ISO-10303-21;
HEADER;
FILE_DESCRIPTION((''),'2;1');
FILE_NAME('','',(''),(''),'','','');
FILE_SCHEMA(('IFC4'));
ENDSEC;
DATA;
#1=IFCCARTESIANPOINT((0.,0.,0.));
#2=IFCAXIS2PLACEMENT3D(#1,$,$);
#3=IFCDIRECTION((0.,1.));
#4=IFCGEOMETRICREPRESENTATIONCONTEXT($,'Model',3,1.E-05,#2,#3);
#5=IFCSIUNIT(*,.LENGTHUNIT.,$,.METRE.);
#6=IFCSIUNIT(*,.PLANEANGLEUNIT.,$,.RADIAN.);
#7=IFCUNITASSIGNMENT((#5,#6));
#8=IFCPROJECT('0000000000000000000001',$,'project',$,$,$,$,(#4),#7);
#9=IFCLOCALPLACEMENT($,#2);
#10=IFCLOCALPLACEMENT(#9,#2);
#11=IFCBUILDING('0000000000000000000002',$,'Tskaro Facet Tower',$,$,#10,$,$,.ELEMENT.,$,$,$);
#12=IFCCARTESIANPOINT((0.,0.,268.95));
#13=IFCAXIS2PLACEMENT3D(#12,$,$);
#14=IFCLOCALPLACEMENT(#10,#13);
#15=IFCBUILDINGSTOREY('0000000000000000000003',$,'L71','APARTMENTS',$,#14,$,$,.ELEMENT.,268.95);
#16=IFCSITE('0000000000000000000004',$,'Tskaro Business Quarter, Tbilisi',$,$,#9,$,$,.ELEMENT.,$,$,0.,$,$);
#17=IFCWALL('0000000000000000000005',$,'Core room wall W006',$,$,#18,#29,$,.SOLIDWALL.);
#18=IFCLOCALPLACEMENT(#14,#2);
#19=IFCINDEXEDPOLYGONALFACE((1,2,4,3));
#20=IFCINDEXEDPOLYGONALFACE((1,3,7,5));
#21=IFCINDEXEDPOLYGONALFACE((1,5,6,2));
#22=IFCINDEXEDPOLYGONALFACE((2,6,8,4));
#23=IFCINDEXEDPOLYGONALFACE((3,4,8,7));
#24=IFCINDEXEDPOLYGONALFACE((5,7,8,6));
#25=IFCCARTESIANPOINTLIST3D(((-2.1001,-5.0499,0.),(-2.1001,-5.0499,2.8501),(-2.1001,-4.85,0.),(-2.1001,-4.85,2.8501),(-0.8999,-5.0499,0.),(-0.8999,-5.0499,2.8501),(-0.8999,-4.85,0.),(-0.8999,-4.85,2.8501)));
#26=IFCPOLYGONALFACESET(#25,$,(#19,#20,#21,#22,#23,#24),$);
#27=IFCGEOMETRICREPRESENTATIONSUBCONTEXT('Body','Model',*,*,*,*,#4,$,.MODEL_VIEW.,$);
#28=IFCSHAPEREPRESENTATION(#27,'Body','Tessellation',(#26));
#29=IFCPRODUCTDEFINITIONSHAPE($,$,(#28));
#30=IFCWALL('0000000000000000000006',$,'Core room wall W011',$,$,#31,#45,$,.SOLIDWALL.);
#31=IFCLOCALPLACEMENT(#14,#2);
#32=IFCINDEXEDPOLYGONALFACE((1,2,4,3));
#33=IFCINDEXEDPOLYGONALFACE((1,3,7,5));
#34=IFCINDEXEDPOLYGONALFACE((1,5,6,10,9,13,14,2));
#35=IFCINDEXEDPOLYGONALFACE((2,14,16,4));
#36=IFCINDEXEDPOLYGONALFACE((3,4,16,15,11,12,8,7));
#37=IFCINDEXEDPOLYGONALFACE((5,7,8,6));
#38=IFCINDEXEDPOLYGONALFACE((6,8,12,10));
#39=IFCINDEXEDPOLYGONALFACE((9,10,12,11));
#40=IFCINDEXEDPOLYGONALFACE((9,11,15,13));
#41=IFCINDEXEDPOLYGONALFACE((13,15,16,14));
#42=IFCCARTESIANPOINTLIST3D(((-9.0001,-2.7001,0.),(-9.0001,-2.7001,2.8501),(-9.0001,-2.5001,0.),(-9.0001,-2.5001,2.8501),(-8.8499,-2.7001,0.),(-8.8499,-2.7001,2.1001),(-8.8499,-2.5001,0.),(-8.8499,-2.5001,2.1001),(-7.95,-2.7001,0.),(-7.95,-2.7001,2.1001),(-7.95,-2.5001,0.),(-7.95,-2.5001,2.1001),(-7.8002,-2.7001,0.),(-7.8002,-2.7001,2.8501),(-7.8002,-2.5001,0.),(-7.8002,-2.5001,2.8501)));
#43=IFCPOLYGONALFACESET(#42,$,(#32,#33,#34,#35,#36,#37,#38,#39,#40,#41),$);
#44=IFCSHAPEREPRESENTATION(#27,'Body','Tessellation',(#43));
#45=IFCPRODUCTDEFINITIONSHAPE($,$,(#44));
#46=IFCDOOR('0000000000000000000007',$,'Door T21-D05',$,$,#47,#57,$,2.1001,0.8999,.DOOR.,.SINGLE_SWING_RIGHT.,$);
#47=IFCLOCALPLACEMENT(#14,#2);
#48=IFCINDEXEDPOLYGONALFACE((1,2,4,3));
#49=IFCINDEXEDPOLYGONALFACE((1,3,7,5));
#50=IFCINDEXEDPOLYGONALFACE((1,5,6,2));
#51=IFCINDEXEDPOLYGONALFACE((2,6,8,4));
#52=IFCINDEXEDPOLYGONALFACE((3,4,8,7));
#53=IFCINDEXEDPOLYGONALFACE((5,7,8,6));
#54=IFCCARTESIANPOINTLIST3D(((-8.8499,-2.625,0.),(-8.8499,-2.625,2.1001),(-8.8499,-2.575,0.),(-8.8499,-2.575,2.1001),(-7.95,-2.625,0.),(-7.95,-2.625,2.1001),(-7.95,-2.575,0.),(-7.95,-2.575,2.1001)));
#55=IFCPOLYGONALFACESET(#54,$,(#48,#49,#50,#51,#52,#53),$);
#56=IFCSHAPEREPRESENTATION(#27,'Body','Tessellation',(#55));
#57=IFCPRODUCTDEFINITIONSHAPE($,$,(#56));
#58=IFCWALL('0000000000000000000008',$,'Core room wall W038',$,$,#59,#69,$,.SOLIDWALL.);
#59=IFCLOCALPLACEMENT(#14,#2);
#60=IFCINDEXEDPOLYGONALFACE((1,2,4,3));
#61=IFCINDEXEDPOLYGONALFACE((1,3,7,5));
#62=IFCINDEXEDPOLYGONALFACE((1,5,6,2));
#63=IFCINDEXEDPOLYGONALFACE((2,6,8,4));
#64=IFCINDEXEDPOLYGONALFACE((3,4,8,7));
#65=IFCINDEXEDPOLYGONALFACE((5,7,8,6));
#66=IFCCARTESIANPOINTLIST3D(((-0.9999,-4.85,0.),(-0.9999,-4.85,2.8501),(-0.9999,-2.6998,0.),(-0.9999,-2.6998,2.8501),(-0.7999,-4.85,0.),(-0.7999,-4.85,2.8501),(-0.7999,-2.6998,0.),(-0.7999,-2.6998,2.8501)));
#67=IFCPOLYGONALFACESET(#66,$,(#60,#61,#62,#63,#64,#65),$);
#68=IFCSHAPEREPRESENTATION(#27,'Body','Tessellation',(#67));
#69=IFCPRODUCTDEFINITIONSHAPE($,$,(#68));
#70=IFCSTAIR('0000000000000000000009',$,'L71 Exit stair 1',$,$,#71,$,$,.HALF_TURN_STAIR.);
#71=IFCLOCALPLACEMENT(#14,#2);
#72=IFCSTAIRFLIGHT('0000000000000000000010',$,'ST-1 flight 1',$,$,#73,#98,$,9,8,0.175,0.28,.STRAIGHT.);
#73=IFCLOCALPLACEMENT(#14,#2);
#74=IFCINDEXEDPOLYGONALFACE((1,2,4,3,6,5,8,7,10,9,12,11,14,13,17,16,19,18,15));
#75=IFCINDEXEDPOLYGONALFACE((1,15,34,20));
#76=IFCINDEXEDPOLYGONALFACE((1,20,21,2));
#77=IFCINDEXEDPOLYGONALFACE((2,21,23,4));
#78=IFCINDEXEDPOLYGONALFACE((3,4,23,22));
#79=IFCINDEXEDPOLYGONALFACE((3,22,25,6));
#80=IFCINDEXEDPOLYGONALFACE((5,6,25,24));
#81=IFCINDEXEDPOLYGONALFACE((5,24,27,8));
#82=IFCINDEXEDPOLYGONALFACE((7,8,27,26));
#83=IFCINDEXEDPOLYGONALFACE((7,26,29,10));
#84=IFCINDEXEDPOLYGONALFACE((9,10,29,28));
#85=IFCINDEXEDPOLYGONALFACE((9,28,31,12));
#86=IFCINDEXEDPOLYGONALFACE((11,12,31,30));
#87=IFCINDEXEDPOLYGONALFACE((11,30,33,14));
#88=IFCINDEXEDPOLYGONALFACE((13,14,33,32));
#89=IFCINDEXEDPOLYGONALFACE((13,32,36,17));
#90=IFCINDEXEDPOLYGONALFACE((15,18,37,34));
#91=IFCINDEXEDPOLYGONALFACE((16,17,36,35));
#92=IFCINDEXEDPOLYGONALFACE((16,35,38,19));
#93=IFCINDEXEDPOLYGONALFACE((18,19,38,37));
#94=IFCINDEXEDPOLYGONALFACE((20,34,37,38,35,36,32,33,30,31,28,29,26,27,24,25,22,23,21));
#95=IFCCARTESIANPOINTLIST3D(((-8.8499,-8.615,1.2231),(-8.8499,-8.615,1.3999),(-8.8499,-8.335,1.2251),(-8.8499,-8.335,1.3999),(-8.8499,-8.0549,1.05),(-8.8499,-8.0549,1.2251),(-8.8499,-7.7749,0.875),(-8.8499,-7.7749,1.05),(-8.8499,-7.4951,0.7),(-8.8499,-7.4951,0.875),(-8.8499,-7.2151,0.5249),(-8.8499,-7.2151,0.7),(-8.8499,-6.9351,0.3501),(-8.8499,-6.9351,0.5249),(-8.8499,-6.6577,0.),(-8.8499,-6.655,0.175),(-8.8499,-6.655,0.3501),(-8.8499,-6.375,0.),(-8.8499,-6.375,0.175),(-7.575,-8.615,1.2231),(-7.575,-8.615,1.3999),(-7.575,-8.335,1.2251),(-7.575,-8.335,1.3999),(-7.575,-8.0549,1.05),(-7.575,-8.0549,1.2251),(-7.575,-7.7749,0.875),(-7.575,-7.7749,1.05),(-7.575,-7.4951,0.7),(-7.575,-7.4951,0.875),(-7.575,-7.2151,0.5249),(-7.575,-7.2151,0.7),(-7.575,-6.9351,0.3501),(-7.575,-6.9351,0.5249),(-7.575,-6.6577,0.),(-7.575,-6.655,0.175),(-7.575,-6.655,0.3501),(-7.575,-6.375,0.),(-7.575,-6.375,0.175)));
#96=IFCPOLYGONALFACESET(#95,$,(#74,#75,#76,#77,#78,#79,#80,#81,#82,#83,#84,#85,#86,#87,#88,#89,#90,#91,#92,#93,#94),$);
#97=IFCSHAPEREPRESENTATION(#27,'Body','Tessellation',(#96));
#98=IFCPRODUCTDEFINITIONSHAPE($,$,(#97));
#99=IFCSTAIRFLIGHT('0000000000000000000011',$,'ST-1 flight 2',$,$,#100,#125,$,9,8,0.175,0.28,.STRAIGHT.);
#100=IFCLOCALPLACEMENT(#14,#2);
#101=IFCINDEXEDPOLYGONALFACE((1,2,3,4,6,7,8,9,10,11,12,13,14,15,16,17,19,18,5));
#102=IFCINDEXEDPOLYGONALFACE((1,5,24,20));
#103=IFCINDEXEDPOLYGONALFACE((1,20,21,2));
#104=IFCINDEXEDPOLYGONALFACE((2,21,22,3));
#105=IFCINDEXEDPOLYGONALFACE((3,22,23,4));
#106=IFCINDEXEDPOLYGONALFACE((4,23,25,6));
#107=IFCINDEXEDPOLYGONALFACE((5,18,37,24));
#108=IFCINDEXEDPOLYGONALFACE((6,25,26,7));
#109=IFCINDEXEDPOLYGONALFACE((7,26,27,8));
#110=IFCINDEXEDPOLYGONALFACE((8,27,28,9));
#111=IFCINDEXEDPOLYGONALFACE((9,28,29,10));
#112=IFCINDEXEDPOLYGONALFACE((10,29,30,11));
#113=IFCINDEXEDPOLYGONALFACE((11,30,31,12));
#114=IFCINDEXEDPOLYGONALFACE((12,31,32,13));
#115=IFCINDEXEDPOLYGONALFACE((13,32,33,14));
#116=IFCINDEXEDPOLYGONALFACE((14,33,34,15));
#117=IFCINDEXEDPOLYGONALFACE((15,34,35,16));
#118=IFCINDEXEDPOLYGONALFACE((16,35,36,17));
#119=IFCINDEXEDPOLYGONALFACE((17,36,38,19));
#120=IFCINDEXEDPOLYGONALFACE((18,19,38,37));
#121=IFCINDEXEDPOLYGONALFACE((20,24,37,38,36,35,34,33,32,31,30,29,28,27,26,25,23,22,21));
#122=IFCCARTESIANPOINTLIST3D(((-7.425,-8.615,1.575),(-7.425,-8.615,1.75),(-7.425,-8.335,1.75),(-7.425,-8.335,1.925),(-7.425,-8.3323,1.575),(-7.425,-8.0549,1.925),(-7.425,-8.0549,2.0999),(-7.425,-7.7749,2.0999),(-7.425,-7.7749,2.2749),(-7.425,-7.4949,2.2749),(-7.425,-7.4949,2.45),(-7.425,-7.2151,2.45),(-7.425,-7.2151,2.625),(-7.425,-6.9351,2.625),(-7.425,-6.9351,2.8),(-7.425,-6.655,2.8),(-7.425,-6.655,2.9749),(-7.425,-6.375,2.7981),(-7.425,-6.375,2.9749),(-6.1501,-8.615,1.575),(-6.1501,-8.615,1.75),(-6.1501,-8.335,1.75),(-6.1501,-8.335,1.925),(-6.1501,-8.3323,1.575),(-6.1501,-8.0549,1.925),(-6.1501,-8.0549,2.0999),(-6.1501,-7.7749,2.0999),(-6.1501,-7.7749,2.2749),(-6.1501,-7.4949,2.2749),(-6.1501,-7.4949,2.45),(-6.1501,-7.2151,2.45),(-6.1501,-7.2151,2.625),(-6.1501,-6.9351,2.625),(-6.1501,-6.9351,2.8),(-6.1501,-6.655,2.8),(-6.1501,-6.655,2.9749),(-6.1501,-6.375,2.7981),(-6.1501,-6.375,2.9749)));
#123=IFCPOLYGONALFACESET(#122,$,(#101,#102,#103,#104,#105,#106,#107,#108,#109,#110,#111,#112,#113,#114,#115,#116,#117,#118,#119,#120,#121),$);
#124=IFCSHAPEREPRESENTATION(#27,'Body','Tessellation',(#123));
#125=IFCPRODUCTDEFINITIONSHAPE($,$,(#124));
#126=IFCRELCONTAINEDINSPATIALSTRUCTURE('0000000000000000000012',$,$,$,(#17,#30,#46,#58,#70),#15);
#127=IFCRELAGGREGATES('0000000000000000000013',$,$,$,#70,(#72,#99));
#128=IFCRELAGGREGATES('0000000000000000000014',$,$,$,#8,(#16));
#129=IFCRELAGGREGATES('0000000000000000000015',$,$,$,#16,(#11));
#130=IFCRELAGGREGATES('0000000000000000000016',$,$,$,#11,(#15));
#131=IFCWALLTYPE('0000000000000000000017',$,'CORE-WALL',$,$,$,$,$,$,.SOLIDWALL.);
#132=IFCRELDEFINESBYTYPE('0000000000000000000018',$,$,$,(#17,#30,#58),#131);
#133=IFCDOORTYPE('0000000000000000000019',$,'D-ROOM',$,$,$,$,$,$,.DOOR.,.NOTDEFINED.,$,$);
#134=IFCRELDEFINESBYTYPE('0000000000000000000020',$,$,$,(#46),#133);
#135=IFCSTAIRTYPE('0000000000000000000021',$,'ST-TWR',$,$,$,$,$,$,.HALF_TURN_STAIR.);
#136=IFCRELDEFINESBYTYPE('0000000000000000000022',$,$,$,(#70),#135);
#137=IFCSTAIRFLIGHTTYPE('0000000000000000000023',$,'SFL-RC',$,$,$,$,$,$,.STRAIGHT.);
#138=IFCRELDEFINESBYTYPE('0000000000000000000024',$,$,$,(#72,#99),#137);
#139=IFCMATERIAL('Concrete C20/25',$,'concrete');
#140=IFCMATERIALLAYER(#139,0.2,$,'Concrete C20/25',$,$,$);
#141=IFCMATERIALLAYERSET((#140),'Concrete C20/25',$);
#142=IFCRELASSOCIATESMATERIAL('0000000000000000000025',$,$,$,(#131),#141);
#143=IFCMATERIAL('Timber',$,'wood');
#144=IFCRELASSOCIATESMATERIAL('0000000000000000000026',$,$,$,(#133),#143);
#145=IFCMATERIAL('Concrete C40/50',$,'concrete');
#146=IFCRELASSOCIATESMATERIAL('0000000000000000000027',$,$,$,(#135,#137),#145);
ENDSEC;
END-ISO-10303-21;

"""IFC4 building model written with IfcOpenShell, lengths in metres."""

from ifc_helpers import new_model, si_unit, direction, frame, frame_2d, origin, place, context, subcontext, project, spatial, polyline, rectangle, outline, extrude, material, layer, layer_set, type_object, element, fill, aggregate, save


model = new_model("IFC4")

# Units and contexts
model_context = context("Model", 3, precision=1e-05, world=origin(), true_north=direction((0.0, 1.0)))
body_context = subcontext(model_context, "Body", "Model", "MODEL_VIEW")
ifc_project = project(units=[si_unit("LENGTHUNIT", "METRE"), si_unit("PLANEANGLEUNIT", "RADIAN")], contexts=[model_context])

# Site, building, storey
site_placement = place(None, origin())
site = spatial("IfcSite", under=ifc_project, at=site_placement, Name="Tskaro Business Quarter, Tbilisi", CompositionType="ELEMENT", RefElevation=0.0)
building_placement = place(site_placement, origin())
building = spatial("IfcBuilding", under=site, at=building_placement, Name="Tskaro Facet Tower", CompositionType="ELEMENT")
storey_placement = place(building_placement, frame((0.0, 0.0, 268.95)))
storey = spatial("IfcBuildingStorey", under=building, at=storey_placement, Name="L71", Description="APARTMENTS", CompositionType="ELEMENT", Elevation=268.95)

# Wall
ifc_material_1 = material(Name="Concrete C20/25", Category="concrete")
ifc_layer_1 = layer(ifc_material_1, 0.2, Name="Concrete C20/25")
ifc_layer_set_1 = layer_set([ifc_layer_1], Name="Concrete C20/25")
wall_type_1 = type_object("IfcWallType", Name="CORE-WALL", PredefinedType="SOLIDWALL", material=ifc_layer_set_1)
wall_1_placement = place(storey_placement, frame((-2.1001, -4.95, 0.0), z_axis=(0.0, 0.0, 1.0), x_axis=(1.0, 0.0, 0.0)))
element("IfcWall", 1, at=wall_1_placement, inside=storey, type_object=wall_type_1, Name="Core room wall W006", PredefinedType="SOLIDWALL", context=body_context, shape_type="SweptSolid", body=[
    extrude(rectangle(XDim=1.2002, YDim=0.2, at=frame_2d((0.6001, 0.0))), origin(), (0.0, 0.0, 1.0), 2.8501),
])

# Wall, opening, door
wall_2_placement = place(storey_placement, frame((-7.8, -2.6001, 0.0), z_axis=(0.0, 0.0, 1.0), x_axis=(-1.0, 0.0, 0.0)))
wall_2 = element("IfcWall", 2, at=wall_2_placement, inside=storey, type_object=wall_type_1, Name="Core room wall W011", PredefinedType="SOLIDWALL", context=body_context, shape_type="SweptSolid", body=[
    extrude(rectangle(XDim=1.2, YDim=0.2, at=frame_2d((0.6001, 0.0))), origin(), (0.0, 0.0, 1.0), 2.8501),
])
opening_1_placement = place(wall_2_placement, frame((0.1499, 0.0, 0.0)))
opening_1 = element("IfcOpeningElement", 3, at=opening_1_placement, cuts=wall_2, PredefinedType="OPENING", context=body_context, shape_type="SweptSolid", body=[
    extrude(rectangle(XDim=0.8999, YDim=2.1001, at=frame_2d((0.45, 1.05))), frame((0.0, 0.1099, 0.0), z_axis=(0.0, -1.0, 0.0), x_axis=(1.0, 0.0, 0.0)), (0.0, 0.0, 1.0), 0.22),
])
ifc_material_2 = material(Name="Timber", Category="wood")
door_type_1 = type_object("IfcDoorType", Name="D-ROOM", OperationType="NOTDEFINED", PredefinedType="DOOR", material=ifc_material_2)
door_1_placement = place(opening_1_placement, origin())
door_1 = element("IfcDoor", 4, at=door_1_placement, inside=storey, type_object=door_type_1, Name="Door T21-D05", OperationType="SINGLE_SWING_RIGHT", OverallHeight=2.1001, OverallWidth=0.8999, PredefinedType="DOOR", context=body_context, shape_type="SweptSolid", body=[
    extrude(rectangle(XDim=0.8999, YDim=2.1001, at=frame_2d((0.45, 1.05))), frame((0.0, 0.0249, 0.0), z_axis=(0.0, -1.0, 0.0), x_axis=(1.0, 0.0, 0.0)), (0.0, 0.0, 1.0), 0.05),
])
fill(opening_1, door_1)

# Wall
wall_3_placement = place(storey_placement, frame((-0.8999, -4.8501, 0.0), z_axis=(0.0, 0.0, 1.0), x_axis=(0.0, 1.0, 0.0)))
element("IfcWall", 5, at=wall_3_placement, inside=storey, type_object=wall_type_1, Name="Core room wall W038", PredefinedType="SOLIDWALL", context=body_context, shape_type="SweptSolid", body=[
    extrude(rectangle(XDim=2.1501, YDim=0.2, at=frame_2d((1.0752, 0.0))), origin(), (0.0, 0.0, 1.0), 2.8501),
])

# Stair, stair flights
ifc_material_3 = material(Name="Concrete C40/50", Category="concrete")
stair_type = type_object("IfcStairType", Name="ST-TWR", PredefinedType="HALF_TURN_STAIR", material=ifc_material_3)
stair_placement = place(storey_placement, origin())
stair = element("IfcStair", 6, at=stair_placement, inside=storey, type_object=stair_type, Name="L71 Exit stair 1", PredefinedType="HALF_TURN_STAIR")
stair_flight_type = type_object("IfcStairFlightType", Name="SFL-RC", PredefinedType="STRAIGHT", material=ifc_material_3)
stair_flight_1_placement = place(storey_placement, frame((-8.2124, -6.375, 0.0), z_axis=(0.0, 0.0, 1.0), x_axis=(0.0, -1.0, 0.0)))
stair_flight_1 = element("IfcStairFlight", 7, at=stair_flight_1_placement, type_object=stair_flight_type, Name="ST-1 flight 1", NumberOfRisers=9, NumberOfTreads=8, PredefinedType="STRAIGHT", RiserHeight=0.175, TreadLength=0.28, context=body_context, shape_type="SweptSolid", body=[
    extrude(outline(polyline([(0.0, 0.0), (0.0, 0.175), (0.28, 0.175), (0.28, 0.3501), (0.5601, 0.3501), (0.5601, 0.5249), (0.8401, 0.5249), (0.8401, 0.7), (1.1201, 0.7), (1.1201, 0.875), (1.3999, 0.875), (1.3999, 1.05), (1.6799, 1.05), (1.6799, 1.2251), (1.96, 1.2251), (1.96, 1.3999), (2.24, 1.3999), (2.24, 1.575), (2.24, 1.2231), (0.2827, 0.0), (0.0, 0.0)])), frame((0.0, 0.6375, 0.0), z_axis=(0.0, -1.0, 0.0), x_axis=(1.0, 0.0, 0.0)), (0.0, 0.0, 1.0), 1.2749),
])
stair_flight_2_placement = place(storey_placement, frame((-6.7876, -8.615, 1.575), z_axis=(0.0, 0.0, 1.0), x_axis=(0.0, 1.0, 0.0)))
stair_flight_2 = element("IfcStairFlight", 8, at=stair_flight_2_placement, type_object=stair_flight_type, Name="ST-1 flight 2", NumberOfRisers=9, NumberOfTreads=8, PredefinedType="STRAIGHT", RiserHeight=0.175, TreadLength=0.28, context=body_context, shape_type="SweptSolid", body=[
    extrude(outline(polyline([(0.0, 0.0), (0.0, 0.175), (0.28, 0.175), (0.28, 0.3501), (0.5601, 0.3501), (0.5601, 0.5249), (0.8401, 0.5249), (0.8401, 0.7), (1.1201, 0.7), (1.1201, 0.875), (1.3999, 0.875), (1.3999, 1.05), (1.6799, 1.05), (1.6799, 1.2251), (1.96, 1.2251), (1.96, 1.3999), (2.24, 1.3999), (2.24, 1.575), (2.24, 1.2231), (0.2827, 0.0), (0.0, 0.0)])), frame((0.0, 0.6375, 0.0), z_axis=(0.0, -1.0, 0.0), x_axis=(1.0, 0.0, 0.0)), (0.0, 0.0, 1.0), 1.2749),
])
aggregate(stair, [stair_flight_1, stair_flight_2])

save(model, "model.ifc")
